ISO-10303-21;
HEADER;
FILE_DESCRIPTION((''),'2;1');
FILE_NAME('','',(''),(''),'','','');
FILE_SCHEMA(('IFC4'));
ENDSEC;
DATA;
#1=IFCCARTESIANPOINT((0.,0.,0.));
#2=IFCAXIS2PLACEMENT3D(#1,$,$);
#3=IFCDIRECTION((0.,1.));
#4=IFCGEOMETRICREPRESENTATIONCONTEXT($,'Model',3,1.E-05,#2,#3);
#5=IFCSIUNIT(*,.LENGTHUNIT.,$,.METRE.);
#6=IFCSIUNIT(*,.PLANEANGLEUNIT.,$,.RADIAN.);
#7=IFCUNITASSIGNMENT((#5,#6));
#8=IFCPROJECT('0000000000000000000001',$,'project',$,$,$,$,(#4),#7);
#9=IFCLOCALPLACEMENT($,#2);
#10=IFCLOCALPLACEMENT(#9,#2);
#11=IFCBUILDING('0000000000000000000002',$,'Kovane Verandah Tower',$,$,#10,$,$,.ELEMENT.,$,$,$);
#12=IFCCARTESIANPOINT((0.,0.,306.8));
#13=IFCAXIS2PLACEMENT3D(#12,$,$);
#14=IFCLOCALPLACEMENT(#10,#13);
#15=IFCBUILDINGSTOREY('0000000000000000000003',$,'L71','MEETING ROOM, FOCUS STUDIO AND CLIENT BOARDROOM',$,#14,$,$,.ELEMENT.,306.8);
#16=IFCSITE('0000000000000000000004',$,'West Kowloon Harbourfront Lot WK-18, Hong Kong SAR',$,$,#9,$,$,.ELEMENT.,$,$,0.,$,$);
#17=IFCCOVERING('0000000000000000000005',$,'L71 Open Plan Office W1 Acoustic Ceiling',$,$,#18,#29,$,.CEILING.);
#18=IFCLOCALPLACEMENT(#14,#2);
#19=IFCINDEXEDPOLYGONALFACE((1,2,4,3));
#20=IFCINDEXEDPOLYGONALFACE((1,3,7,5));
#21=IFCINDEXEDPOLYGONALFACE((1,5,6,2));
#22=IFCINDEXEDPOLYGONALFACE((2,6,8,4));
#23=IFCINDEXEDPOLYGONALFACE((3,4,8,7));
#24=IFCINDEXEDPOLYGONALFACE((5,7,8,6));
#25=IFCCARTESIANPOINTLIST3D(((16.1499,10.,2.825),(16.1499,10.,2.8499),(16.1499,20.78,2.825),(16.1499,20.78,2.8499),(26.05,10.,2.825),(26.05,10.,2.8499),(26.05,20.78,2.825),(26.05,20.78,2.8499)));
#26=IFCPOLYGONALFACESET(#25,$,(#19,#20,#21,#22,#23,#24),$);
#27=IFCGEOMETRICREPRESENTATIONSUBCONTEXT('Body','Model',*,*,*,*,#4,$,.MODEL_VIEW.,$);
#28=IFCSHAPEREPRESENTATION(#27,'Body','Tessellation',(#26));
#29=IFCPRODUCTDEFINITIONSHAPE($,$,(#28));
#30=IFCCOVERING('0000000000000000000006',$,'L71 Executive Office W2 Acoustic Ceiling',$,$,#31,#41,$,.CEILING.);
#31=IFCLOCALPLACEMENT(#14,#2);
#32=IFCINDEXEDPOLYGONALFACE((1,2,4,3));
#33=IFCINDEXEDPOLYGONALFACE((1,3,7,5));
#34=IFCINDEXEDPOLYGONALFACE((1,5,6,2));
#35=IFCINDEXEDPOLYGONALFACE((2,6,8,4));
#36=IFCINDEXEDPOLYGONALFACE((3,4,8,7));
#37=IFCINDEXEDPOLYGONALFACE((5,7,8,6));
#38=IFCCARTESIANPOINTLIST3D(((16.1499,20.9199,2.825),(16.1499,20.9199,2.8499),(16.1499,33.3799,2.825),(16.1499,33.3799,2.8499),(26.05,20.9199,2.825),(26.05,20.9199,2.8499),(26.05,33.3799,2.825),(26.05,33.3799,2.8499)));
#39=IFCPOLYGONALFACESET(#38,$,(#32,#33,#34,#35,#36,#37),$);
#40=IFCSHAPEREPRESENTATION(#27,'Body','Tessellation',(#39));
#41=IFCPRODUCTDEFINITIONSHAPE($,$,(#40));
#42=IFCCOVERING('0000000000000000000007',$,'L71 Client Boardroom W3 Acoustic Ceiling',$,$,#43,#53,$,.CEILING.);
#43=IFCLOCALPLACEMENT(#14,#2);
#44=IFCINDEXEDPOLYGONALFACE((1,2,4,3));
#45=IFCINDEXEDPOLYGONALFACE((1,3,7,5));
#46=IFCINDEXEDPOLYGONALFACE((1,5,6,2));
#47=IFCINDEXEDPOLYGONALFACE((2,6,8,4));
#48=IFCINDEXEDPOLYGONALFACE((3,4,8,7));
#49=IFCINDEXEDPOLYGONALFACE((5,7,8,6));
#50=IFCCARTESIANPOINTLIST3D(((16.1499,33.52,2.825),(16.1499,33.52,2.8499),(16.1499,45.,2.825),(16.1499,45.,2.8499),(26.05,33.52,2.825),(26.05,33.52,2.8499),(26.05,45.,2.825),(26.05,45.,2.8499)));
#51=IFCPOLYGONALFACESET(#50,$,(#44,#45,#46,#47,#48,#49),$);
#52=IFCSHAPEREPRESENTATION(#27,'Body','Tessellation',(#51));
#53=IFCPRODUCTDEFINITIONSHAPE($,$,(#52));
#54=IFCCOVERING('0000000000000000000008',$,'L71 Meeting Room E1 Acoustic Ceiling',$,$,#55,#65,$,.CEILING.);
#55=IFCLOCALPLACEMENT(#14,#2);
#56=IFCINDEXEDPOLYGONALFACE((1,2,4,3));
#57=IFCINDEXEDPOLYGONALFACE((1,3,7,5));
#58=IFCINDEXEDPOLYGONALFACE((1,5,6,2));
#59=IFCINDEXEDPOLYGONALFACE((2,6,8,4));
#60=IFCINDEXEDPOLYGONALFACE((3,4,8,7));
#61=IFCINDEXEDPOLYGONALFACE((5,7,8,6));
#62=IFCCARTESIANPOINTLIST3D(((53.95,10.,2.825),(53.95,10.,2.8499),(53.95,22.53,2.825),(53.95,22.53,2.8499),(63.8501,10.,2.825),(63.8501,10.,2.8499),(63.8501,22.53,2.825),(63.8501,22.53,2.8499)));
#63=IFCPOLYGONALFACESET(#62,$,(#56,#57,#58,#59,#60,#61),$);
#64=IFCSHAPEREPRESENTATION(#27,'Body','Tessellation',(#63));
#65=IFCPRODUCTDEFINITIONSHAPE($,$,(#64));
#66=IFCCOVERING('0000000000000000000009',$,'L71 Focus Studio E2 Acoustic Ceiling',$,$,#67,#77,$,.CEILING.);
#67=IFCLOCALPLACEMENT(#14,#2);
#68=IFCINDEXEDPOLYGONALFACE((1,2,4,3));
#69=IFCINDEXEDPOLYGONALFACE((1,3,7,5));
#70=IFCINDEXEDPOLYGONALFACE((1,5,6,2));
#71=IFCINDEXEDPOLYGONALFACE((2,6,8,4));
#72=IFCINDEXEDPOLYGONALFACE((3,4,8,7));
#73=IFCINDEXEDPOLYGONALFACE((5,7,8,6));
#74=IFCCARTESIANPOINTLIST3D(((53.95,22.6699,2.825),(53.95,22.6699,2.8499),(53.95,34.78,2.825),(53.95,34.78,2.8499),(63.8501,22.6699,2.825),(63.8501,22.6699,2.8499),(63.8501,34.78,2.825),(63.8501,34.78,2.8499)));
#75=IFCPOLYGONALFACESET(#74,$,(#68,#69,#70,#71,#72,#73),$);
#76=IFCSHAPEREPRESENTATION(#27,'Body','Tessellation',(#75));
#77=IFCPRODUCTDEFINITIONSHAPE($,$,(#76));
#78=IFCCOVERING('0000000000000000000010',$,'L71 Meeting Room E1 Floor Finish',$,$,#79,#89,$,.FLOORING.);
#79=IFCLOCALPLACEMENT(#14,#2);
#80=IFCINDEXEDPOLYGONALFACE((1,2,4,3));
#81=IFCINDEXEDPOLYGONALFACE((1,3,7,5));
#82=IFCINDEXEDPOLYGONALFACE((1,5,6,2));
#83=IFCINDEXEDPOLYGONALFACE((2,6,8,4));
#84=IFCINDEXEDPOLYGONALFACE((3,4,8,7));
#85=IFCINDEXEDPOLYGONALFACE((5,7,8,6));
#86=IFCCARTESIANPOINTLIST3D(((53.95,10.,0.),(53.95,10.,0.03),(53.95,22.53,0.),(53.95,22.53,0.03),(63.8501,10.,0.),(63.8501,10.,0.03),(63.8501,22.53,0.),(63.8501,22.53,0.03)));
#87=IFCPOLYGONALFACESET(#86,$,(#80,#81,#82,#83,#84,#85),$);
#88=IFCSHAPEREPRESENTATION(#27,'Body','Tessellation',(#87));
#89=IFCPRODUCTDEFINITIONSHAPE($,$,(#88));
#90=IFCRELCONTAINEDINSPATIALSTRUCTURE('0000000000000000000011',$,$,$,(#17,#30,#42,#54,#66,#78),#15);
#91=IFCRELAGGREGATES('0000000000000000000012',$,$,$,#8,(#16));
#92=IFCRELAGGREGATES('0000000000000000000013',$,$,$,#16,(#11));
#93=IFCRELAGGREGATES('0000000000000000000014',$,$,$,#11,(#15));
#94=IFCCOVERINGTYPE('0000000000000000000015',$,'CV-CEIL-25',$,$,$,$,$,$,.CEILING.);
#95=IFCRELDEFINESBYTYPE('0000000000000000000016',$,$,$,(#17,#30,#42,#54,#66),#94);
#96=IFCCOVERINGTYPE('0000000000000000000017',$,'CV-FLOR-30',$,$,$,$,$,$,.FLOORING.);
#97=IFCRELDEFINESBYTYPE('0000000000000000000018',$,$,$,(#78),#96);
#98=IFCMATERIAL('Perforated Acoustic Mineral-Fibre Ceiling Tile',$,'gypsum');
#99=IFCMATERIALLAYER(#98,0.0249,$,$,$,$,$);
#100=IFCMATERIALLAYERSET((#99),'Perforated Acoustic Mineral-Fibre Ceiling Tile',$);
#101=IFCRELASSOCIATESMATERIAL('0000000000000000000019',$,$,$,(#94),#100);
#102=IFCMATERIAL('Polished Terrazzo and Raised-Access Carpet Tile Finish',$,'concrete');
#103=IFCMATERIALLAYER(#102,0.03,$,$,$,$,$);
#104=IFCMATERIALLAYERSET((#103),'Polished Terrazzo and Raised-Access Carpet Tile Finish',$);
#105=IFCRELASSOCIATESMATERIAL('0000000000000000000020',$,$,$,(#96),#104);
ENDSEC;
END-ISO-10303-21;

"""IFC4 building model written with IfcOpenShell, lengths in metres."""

from ifc_helpers import new_model, si_unit, direction, frame, origin, place, context, subcontext, project, spatial, polyline, outline, extrude, material, layer, layer_set, type_object, element, save


model = new_model("IFC4")

# Units and contexts
model_context = context("Model", 3, precision=1e-05, world=origin(), true_north=direction((0.0, 1.0)))
body_context = subcontext(model_context, "Body", "Model", "MODEL_VIEW")
ifc_project = project(units=[si_unit("LENGTHUNIT", "METRE"), si_unit("PLANEANGLEUNIT", "RADIAN")], contexts=[model_context])

# Site, building, storey
site_placement = place(None, origin())
site = spatial("IfcSite", under=ifc_project, at=site_placement, Name="West Kowloon Harbourfront Lot WK-18, Hong Kong SAR", CompositionType="ELEMENT", RefElevation=0.0)
building_placement = place(site_placement, origin())
building = spatial("IfcBuilding", under=site, at=building_placement, Name="Kovane Verandah Tower", CompositionType="ELEMENT")
storey_placement = place(building_placement, frame((0.0, 0.0, 306.8)))
storey = spatial("IfcBuildingStorey", under=building, at=storey_placement, Name="L71", Description="MEETING ROOM, FOCUS STUDIO AND CLIENT BOARDROOM", CompositionType="ELEMENT", Elevation=306.8)

# Coverings
ifc_material_1 = material(Name="Perforated Acoustic Mineral-Fibre Ceiling Tile", Category="gypsum")
ifc_layer_1 = layer(ifc_material_1, 0.0249)
ifc_layer_set_1 = layer_set([ifc_layer_1], Name="Perforated Acoustic Mineral-Fibre Ceiling Tile")
covering_type_1 = type_object("IfcCoveringType", Name="CV-CEIL-25", PredefinedType="CEILING", material=ifc_layer_set_1)
covering_1_placement = place(storey_placement, frame((0.0, 0.0, 2.825)))
element("IfcCovering", 1, at=covering_1_placement, inside=storey, type_object=covering_type_1, Name="L71 Open Plan Office W1 Acoustic Ceiling", PredefinedType="CEILING", context=body_context, shape_type="SweptSolid", body=[
    extrude(outline(polyline([(16.1499, 10.0), (26.05, 10.0), (26.05, 20.78), (16.1499, 20.78), (16.1499, 10.0)])), origin(), (0.0, 0.0, 1.0), 0.0249),
])
covering_2_placement = place(storey_placement, frame((0.0, 0.0, 2.825)))
element("IfcCovering", 2, at=covering_2_placement, inside=storey, type_object=covering_type_1, Name="L71 Executive Office W2 Acoustic Ceiling", PredefinedType="CEILING", context=body_context, shape_type="SweptSolid", body=[
    extrude(outline(polyline([(16.1499, 20.9199), (26.05, 20.9199), (26.05, 33.3799), (16.1499, 33.3799), (16.1499, 20.9199)])), origin(), (0.0, 0.0, 1.0), 0.0249),
])
covering_3_placement = place(storey_placement, frame((0.0, 0.0, 2.825)))
element("IfcCovering", 3, at=covering_3_placement, inside=storey, type_object=covering_type_1, Name="L71 Client Boardroom W3 Acoustic Ceiling", PredefinedType="CEILING", context=body_context, shape_type="SweptSolid", body=[
    extrude(outline(polyline([(16.1499, 33.52), (26.05, 33.52), (26.05, 45.0), (16.1499, 45.0), (16.1499, 33.52)])), origin(), (0.0, 0.0, 1.0), 0.0249),
])
covering_4_placement = place(storey_placement, frame((0.0, 0.0, 2.825)))
element("IfcCovering", 4, at=covering_4_placement, inside=storey, type_object=covering_type_1, Name="L71 Meeting Room E1 Acoustic Ceiling", PredefinedType="CEILING", context=body_context, shape_type="SweptSolid", body=[
    extrude(outline(polyline([(53.95, 10.0), (63.8501, 10.0), (63.8501, 22.53), (53.95, 22.53), (53.95, 10.0)])), origin(), (0.0, 0.0, 1.0), 0.0249),
])
covering_5_placement = place(storey_placement, frame((0.0, 0.0, 2.825)))
element("IfcCovering", 5, at=covering_5_placement, inside=storey, type_object=covering_type_1, Name="L71 Focus Studio E2 Acoustic Ceiling", PredefinedType="CEILING", context=body_context, shape_type="SweptSolid", body=[
    extrude(outline(polyline([(53.95, 22.6699), (63.8501, 22.6699), (63.8501, 34.78), (53.95, 34.78), (53.95, 22.6699)])), origin(), (0.0, 0.0, 1.0), 0.0249),
])
ifc_material_2 = material(Name="Polished Terrazzo and Raised-Access Carpet Tile Finish", Category="concrete")
ifc_layer_2 = layer(ifc_material_2, 0.03)
ifc_layer_set_2 = layer_set([ifc_layer_2], Name="Polished Terrazzo and Raised-Access Carpet Tile Finish")
covering_type_2 = type_object("IfcCoveringType", Name="CV-FLOR-30", PredefinedType="FLOORING", material=ifc_layer_set_2)
covering_6_placement = place(storey_placement, origin())
element("IfcCovering", 6, at=covering_6_placement, inside=storey, type_object=covering_type_2, Name="L71 Meeting Room E1 Floor Finish", PredefinedType="FLOORING", context=body_context, shape_type="SweptSolid", body=[
    extrude(outline(polyline([(53.95, 10.0), (63.8501, 10.0), (63.8501, 22.53), (53.95, 22.53), (53.95, 10.0)])), origin(), (0.0, 0.0, 1.0), 0.03),
])

save(model, "model.ifc")
